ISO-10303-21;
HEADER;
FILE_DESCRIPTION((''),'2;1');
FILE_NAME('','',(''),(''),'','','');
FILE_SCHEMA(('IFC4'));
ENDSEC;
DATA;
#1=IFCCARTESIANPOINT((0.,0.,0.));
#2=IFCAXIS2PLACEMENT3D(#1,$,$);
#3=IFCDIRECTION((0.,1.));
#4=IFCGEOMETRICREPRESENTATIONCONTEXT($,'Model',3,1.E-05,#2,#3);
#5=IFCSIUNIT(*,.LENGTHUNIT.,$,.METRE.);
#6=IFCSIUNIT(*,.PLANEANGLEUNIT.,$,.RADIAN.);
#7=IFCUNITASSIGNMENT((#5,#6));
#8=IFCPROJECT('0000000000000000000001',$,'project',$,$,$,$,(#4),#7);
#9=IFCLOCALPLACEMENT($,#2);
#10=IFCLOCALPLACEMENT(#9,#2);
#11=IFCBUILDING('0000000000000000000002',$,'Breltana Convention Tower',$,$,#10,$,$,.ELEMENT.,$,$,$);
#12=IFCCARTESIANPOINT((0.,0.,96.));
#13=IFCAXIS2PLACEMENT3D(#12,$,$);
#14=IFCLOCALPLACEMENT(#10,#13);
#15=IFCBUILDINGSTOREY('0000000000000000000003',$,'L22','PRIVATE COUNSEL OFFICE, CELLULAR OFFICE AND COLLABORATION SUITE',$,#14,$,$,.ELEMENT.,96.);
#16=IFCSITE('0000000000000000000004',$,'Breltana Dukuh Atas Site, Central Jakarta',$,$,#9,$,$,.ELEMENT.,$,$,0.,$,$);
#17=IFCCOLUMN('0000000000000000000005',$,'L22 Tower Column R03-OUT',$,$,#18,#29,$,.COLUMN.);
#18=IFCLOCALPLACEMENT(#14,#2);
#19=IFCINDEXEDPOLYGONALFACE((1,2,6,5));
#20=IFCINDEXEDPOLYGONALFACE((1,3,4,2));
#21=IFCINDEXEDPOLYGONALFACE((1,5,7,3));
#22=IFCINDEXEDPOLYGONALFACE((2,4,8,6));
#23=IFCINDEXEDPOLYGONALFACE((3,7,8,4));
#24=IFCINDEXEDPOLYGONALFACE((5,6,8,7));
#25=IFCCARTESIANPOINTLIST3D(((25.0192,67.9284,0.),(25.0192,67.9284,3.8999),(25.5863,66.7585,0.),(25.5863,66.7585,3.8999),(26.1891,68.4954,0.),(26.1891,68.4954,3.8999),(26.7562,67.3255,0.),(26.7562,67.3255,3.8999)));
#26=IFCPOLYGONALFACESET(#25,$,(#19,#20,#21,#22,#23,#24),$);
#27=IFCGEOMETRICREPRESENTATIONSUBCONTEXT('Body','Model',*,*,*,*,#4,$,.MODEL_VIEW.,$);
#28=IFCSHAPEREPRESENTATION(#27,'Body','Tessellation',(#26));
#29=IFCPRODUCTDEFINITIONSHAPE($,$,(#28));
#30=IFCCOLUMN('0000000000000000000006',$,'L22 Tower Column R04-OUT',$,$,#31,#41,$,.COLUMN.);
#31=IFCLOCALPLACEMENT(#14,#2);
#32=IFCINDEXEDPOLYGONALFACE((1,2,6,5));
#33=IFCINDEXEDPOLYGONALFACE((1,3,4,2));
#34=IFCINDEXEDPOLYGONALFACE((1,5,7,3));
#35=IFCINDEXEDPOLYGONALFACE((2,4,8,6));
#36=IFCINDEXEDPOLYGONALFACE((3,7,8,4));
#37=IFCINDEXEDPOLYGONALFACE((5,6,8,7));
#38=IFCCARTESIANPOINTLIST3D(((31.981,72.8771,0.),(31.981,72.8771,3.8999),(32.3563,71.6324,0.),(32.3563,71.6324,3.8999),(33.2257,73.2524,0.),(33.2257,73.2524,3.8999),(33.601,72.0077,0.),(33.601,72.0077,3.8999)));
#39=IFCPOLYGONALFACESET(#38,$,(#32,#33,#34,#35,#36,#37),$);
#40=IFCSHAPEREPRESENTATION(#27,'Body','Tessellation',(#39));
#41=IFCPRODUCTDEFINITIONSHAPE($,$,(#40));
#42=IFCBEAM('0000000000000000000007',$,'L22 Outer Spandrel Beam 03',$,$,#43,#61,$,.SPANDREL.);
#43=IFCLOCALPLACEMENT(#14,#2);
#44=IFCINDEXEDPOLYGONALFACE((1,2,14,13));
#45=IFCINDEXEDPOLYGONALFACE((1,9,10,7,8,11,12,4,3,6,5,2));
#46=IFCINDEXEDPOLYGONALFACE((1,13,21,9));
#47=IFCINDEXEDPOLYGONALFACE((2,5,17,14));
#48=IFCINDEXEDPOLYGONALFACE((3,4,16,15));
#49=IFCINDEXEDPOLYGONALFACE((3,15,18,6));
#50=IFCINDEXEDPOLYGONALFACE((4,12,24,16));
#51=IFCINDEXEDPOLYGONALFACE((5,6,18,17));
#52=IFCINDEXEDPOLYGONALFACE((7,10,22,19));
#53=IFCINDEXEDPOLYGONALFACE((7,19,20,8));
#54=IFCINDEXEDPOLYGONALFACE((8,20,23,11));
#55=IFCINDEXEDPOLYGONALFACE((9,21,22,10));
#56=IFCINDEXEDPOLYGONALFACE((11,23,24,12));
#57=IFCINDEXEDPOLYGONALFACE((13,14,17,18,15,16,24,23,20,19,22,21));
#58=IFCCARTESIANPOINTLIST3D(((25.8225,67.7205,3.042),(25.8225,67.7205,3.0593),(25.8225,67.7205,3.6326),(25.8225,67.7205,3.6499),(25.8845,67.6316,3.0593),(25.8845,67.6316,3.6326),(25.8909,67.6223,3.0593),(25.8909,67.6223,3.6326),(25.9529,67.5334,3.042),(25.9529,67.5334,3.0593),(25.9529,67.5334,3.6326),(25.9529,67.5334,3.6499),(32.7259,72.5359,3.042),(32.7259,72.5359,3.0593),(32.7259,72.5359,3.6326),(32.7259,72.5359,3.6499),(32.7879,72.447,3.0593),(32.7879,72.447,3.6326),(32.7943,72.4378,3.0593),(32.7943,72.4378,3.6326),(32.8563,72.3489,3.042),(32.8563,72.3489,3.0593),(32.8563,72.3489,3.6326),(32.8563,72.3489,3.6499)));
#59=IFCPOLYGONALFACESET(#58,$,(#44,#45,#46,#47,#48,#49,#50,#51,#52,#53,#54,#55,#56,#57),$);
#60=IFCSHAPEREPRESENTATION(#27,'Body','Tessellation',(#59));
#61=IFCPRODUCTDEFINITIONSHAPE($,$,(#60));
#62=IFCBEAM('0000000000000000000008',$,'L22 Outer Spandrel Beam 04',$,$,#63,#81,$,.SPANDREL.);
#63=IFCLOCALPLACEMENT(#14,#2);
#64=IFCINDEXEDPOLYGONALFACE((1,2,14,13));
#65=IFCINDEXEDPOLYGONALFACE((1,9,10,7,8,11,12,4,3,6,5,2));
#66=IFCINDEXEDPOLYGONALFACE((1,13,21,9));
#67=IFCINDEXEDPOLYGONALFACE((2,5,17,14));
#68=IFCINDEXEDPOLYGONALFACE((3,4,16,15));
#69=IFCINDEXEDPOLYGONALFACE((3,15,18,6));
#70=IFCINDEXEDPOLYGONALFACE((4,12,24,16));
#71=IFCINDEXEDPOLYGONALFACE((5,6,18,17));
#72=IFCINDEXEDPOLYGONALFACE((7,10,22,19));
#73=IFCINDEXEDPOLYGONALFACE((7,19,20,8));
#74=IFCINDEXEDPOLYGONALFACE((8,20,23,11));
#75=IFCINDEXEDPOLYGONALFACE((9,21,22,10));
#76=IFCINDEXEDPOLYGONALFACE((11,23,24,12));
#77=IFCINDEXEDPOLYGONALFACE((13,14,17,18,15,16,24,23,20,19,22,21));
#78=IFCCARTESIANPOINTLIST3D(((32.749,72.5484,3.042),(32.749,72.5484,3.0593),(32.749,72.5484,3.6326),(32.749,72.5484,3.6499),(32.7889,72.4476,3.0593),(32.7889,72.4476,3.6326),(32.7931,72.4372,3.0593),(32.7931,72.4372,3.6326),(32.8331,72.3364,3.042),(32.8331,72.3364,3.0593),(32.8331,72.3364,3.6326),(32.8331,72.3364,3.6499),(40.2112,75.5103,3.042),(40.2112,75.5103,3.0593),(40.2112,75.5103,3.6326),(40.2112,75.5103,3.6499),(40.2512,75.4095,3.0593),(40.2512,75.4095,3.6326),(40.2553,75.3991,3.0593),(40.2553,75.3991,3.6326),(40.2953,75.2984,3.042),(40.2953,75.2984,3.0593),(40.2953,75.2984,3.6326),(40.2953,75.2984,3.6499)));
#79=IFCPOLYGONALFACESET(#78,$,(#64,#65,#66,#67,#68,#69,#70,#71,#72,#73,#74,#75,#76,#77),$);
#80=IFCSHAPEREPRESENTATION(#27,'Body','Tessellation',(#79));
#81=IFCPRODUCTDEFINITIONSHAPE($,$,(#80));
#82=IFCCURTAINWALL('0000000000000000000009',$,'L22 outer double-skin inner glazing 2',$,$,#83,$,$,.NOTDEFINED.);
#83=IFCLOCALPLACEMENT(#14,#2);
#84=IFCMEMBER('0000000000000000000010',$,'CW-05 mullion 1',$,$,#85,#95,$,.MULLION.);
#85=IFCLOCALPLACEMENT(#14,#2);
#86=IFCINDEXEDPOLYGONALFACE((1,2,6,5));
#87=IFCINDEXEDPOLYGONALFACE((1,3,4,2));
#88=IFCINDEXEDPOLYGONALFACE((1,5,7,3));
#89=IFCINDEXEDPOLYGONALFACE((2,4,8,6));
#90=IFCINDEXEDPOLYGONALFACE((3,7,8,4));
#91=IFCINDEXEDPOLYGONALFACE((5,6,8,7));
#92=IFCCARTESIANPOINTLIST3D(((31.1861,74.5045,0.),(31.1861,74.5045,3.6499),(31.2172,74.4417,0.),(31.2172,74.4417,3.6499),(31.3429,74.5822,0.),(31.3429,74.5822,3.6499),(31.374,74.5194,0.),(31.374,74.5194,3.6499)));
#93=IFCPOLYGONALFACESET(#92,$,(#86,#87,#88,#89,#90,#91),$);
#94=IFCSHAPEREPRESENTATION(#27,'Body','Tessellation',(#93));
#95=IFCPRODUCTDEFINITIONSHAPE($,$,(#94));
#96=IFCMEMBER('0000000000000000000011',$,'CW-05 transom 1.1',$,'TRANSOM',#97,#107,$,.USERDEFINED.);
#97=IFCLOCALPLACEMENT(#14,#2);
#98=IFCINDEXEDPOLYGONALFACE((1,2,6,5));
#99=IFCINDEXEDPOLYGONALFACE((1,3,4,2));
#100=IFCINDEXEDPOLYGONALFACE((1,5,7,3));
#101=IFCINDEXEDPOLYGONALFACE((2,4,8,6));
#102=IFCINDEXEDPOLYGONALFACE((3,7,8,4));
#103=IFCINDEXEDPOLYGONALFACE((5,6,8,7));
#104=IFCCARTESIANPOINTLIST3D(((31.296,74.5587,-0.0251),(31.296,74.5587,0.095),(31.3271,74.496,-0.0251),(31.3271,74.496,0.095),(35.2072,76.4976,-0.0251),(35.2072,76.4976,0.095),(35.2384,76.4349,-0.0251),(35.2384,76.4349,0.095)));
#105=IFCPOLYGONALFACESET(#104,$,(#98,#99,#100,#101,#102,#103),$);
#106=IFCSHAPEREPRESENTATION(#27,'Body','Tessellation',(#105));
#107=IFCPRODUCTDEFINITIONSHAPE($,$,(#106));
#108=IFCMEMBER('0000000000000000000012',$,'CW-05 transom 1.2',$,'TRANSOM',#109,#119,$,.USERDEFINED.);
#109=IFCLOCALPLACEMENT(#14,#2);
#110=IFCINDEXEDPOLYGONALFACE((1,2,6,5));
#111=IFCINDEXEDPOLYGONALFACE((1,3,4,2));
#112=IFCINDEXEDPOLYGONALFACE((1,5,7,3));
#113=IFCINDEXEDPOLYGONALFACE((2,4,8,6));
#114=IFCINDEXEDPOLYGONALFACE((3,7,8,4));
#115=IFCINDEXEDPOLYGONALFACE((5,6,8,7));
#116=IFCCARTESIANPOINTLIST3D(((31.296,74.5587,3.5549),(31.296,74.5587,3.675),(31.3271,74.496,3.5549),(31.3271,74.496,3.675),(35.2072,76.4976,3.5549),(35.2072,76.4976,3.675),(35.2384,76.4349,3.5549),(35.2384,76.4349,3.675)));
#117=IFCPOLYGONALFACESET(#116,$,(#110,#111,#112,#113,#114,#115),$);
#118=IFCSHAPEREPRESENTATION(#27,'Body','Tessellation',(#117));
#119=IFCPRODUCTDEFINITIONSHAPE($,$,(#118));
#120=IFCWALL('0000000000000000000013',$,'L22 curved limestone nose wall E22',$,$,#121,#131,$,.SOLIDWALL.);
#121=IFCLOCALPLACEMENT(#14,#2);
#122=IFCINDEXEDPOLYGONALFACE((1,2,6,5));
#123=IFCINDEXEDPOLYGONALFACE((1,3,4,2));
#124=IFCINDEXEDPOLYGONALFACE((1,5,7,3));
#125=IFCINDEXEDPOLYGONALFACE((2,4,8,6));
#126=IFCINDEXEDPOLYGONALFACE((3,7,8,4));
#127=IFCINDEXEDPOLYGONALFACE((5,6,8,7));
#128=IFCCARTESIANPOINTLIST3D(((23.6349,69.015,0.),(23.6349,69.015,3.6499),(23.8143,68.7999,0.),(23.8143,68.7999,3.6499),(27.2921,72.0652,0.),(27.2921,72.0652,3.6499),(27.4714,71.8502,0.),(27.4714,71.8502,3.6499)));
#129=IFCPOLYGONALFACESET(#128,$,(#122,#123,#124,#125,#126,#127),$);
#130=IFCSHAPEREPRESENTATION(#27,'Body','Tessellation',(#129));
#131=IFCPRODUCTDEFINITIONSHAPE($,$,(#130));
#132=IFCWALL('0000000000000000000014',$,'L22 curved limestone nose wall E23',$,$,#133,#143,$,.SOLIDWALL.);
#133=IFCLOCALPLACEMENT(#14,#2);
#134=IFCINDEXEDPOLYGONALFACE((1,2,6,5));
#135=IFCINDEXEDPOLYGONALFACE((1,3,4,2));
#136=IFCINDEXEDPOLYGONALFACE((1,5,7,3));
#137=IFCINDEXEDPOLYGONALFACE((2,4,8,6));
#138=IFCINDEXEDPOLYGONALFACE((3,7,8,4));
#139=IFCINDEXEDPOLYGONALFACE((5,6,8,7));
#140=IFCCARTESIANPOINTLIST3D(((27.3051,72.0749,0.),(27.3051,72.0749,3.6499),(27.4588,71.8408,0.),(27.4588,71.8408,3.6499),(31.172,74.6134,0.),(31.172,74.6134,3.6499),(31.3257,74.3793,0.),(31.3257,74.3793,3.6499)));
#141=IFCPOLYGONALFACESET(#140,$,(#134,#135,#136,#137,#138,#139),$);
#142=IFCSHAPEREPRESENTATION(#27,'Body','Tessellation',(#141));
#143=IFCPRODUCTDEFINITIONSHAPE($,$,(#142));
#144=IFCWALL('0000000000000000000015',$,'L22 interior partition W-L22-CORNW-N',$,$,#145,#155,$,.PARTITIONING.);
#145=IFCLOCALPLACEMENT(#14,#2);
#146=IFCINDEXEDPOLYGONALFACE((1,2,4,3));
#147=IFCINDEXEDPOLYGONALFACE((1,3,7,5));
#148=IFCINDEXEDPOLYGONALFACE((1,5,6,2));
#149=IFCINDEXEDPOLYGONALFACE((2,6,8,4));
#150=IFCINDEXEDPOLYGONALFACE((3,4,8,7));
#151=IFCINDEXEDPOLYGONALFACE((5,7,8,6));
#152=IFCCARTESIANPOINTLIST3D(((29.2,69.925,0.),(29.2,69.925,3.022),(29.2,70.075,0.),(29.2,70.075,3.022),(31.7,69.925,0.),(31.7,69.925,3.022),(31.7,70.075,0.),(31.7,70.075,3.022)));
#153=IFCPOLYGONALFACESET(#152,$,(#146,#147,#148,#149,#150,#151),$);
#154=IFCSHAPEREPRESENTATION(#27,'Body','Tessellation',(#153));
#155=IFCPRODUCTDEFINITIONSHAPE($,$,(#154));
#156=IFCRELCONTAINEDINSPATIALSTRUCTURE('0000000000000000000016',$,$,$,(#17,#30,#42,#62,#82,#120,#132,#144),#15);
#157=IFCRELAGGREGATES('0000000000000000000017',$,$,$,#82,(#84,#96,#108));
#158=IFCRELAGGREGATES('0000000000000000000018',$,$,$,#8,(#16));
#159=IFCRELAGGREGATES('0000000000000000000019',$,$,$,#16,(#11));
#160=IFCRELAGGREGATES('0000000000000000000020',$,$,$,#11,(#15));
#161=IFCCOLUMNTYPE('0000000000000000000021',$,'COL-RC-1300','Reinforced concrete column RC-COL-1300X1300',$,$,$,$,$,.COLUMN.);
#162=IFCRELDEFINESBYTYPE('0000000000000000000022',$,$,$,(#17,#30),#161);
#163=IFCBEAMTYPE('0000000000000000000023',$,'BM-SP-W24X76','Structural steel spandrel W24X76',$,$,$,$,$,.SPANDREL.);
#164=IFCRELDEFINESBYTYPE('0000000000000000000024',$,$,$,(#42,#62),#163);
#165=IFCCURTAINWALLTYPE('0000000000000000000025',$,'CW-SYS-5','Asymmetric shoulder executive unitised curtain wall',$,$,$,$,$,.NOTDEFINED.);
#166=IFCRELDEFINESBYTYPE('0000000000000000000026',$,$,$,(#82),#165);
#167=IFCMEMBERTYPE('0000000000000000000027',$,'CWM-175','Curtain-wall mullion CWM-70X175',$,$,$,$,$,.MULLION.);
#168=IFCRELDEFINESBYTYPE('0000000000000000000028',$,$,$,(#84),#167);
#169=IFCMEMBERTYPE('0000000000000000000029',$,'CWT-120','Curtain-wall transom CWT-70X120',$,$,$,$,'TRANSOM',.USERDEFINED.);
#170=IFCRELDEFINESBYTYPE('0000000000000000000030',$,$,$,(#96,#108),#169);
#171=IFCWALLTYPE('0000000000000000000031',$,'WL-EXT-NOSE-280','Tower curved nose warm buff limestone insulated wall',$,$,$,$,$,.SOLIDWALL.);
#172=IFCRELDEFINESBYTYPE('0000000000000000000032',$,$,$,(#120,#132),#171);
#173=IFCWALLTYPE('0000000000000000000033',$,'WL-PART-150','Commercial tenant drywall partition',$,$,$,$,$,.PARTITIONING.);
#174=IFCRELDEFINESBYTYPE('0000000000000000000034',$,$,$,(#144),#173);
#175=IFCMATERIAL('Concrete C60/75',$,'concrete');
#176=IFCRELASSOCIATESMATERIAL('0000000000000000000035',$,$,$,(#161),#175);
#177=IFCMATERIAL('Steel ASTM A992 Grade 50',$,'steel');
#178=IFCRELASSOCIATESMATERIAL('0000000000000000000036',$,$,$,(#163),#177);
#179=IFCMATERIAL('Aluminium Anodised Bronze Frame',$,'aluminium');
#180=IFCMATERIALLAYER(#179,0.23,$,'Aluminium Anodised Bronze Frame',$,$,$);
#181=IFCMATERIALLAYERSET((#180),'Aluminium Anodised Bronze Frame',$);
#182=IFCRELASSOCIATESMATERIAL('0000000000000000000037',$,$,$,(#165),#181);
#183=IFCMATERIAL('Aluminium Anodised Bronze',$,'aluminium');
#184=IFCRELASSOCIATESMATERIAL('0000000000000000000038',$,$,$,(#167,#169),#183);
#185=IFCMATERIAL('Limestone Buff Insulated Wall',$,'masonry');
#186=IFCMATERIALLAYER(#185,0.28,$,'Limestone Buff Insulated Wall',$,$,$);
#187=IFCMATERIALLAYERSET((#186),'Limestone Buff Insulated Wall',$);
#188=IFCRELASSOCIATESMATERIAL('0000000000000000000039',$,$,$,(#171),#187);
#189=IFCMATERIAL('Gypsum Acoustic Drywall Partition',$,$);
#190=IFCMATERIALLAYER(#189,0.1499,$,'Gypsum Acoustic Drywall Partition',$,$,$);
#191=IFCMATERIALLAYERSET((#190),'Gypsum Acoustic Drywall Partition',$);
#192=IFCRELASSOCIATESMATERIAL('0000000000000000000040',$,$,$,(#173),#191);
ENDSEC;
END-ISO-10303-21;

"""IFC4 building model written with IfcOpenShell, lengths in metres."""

from ifc_helpers import new_model, si_unit, direction, frame, frame_2d, origin, origin_2d, place, context, subcontext, project, spatial, rectangle, i_section, extrude, source, transform, mapped, material, layer, layer_set, material_profile, profile_set, type_object, element, aggregate, save


model = new_model("IFC4")

# Units and contexts
model_context = context("Model", 3, precision=1e-05, world=origin(), true_north=direction((0.0, 1.0)))
body_context = subcontext(model_context, "Body", "Model", "MODEL_VIEW")
ifc_project = project(units=[si_unit("LENGTHUNIT", "METRE"), si_unit("PLANEANGLEUNIT", "RADIAN")], contexts=[model_context])

# Site, building, storey
site_placement = place(None, origin())
site = spatial("IfcSite", under=ifc_project, at=site_placement, Name="Breltana Dukuh Atas Site, Central Jakarta", CompositionType="ELEMENT", RefElevation=0.0)
building_placement = place(site_placement, origin())
building = spatial("IfcBuilding", under=site, at=building_placement, Name="Breltana Convention Tower", CompositionType="ELEMENT")
storey_placement = place(building_placement, frame((0.0, 0.0, 96.0)))
storey = spatial("IfcBuildingStorey", under=building, at=storey_placement, Name="L22", Description="PRIVATE COUNSEL OFFICE, CELLULAR OFFICE AND COLLABORATION SUITE", CompositionType="ELEMENT", Elevation=96.0)

# Columns
ifc_material_1 = material(Name="Concrete C60/75", Category="concrete")
ifc_material_profile_1 = material_profile(ifc_material_1, rectangle(XDim=1.3, YDim=1.3, at=origin_2d()), Name="RC-COL-1300X1300")
ifc_profile_set_1 = profile_set([ifc_material_profile_1], Name="Concrete C60/75")
column_type = type_object("IfcColumnType", Name="COL-RC-1300", Description="Reinforced concrete column RC-COL-1300X1300", PredefinedType="COLUMN", material=ifc_profile_set_1)
shared_shape_1 = source(origin(), body_context, "Body", "SweptSolid", [
    extrude(rectangle(XDim=1.3, YDim=1.3, at=origin_2d()), origin(), (0.0, 0.0, 1.0), 3.8999),
])
for number, where, z_axis, x_axis, name in (
    (1, (25.8877, 67.627, 0.0), (0.0, 0.0, 1.0), (-0.436174, 0.899863, 0.0), "L22 Tower Column R03-OUT"),
    (2, (32.791, 72.4424, 0.0), (0.0, 0.0, 1.0), (-0.288698, 0.95742, 0.0), "L22 Tower Column R04-OUT"),
):
    element("IfcColumn", number, at=place(storey_placement, frame(where, z_axis=z_axis, x_axis=x_axis)), inside=storey, type_object=column_type, Name=name, PredefinedType="COLUMN", context=body_context, shape_type="MappedRepresentation", body=[
        mapped(shared_shape_1, transform((0.0, 0.0, 0.0), scale=1.0)),
    ])

# Beams
ifc_material_2 = material(Name="Steel ASTM A992 Grade 50", Category="steel")
ifc_material_profile_2 = material_profile(ifc_material_2, i_section(OverallWidth=0.228, OverallDepth=0.6079, WebThickness=0.0112, FlangeThickness=0.0173, at=origin_2d()), Name="W24X76")
ifc_profile_set_2 = profile_set([ifc_material_profile_2], Name="Steel ASTM A992 Grade 50")
beam_type = type_object("IfcBeamType", Name="BM-SP-W24X76", Description="Structural steel spandrel W24X76", PredefinedType="SPANDREL", material=ifc_profile_set_2)
shared_shape_2 = source(origin(), body_context, "Body", "SweptSolid", [
    extrude(i_section(OverallWidth=0.228, OverallDepth=0.6079, WebThickness=0.0112, FlangeThickness=0.0173, at=origin_2d()), origin(), (0.0, 0.0, 1.0), 8.417),
])
beam_1_placement = place(storey_placement, frame((25.8877, 67.627, 3.3459), z_axis=(0.820174, 0.572114, 0.0), x_axis=(-0.572114, 0.820174, 0.0)))
element("IfcBeam", 3, at=beam_1_placement, inside=storey, type_object=beam_type, Name="L22 Outer Spandrel Beam 03", PredefinedType="SPANDREL", context=body_context, shape_type="MappedRepresentation", body=[
    mapped(shared_shape_2, transform((0.0, 0.0, 0.0), scale=1.0)),
])
shared_shape_3 = source(origin(), body_context, "Body", "SweptSolid", [
    extrude(i_section(OverallWidth=0.228, OverallDepth=0.6079, WebThickness=0.0112, FlangeThickness=0.0173, at=origin_2d()), origin(), (0.0, 0.0, 1.0), 8.0286),
])
beam_2_placement = place(storey_placement, frame((32.791, 72.4424, 3.3459), z_axis=(0.929459, 0.368925, 0.0), x_axis=(-0.368925, 0.929459, 0.0)))
element("IfcBeam", 4, at=beam_2_placement, inside=storey, type_object=beam_type, Name="L22 Outer Spandrel Beam 04", PredefinedType="SPANDREL", context=body_context, shape_type="MappedRepresentation", body=[
    mapped(shared_shape_3, transform((0.0, 0.0, 0.0), scale=1.0)),
])

# Curtain wall, members
ifc_material_3 = material(Name="Aluminium Anodised Bronze Frame", Category="aluminium")
ifc_layer_1 = layer(ifc_material_3, 0.23, Name="Aluminium Anodised Bronze Frame")
ifc_layer_set_1 = layer_set([ifc_layer_1], Name="Aluminium Anodised Bronze Frame")
curtain_wall_type = type_object("IfcCurtainWallType", Name="CW-SYS-5", Description="Asymmetric shoulder executive unitised curtain wall", PredefinedType="NOTDEFINED", material=ifc_layer_set_1)
curtain_wall_placement = place(storey_placement, origin())
curtain_wall = element("IfcCurtainWall", 5, at=curtain_wall_placement, inside=storey, type_object=curtain_wall_type, Name="L22 outer double-skin inner glazing 2", PredefinedType="NOTDEFINED")
ifc_material_4 = material(Name="Aluminium Anodised Bronze", Category="aluminium")
ifc_material_profile_3 = material_profile(ifc_material_4, rectangle(XDim=0.0701, YDim=0.175, at=origin_2d()), Name="CWM-70X175")
ifc_profile_set_3 = profile_set([ifc_material_profile_3], Name="Aluminium Anodised Bronze")
member_type_1 = type_object("IfcMemberType", Name="CWM-175", Description="Curtain-wall mullion CWM-70X175", PredefinedType="MULLION", material=ifc_profile_set_3)
shared_shape_4 = source(origin(), body_context, "Body", "SweptSolid", [
    extrude(rectangle(XDim=0.0701, YDim=0.175, at=origin_2d()), origin(), (0.0, 0.0, 1.0), 3.6499),
])
member_1_placement = place(storey_placement, frame((31.28, 74.512, 0.0), z_axis=(0.0, 0.0, 1.0), x_axis=(-0.444122, 0.895967, 0.0)))
member_1 = element("IfcMember", 6, at=member_1_placement, type_object=member_type_1, Name="CW-05 mullion 1", PredefinedType="MULLION", context=body_context, shape_type="MappedRepresentation", body=[
    mapped(shared_shape_4, transform((0.0, 0.0, 0.0), scale=1.0)),
])
ifc_material_profile_4 = material_profile(ifc_material_4, rectangle(XDim=0.0701, YDim=0.1201, at=origin_2d()), Name="CWT-70X120")
ifc_profile_set_4 = profile_set([ifc_material_profile_4], Name="Aluminium Anodised Bronze")
member_type_2 = type_object("IfcMemberType", Name="CWT-120", Description="Curtain-wall transom CWT-70X120", ElementType="TRANSOM", PredefinedType="USERDEFINED", material=ifc_profile_set_4)
shared_shape_5 = source(origin(), body_context, "Body", "SweptSolid", [
    extrude(rectangle(XDim=0.0701, YDim=0.1201, at=origin_2d()), origin(), (0.0, 0.0, 1.0), 4.3655),
])
member_2_placement = place(storey_placement, frame((31.3115, 74.5273, 0.0349), z_axis=(0.895954, 0.444146, 0.0), x_axis=(-0.444146, 0.895954, 0.0)))
member_2 = element("IfcMember", 7, at=member_2_placement, type_object=member_type_2, Name="CW-05 transom 1.1", ObjectType="TRANSOM", PredefinedType="USERDEFINED", context=body_context, shape_type="MappedRepresentation", body=[
    mapped(shared_shape_5, transform((0.0, 0.0, 0.0), scale=1.0)),
])
member_3_placement = place(storey_placement, frame((31.3115, 74.5273, 3.615), z_axis=(0.895954, 0.444146, 0.0), x_axis=(-0.444146, 0.895954, 0.0)))
member_3 = element("IfcMember", 8, at=member_3_placement, type_object=member_type_2, Name="CW-05 transom 1.2", ObjectType="TRANSOM", PredefinedType="USERDEFINED", context=body_context, shape_type="MappedRepresentation", body=[
    mapped(shared_shape_5, transform((0.0, 0.0, 0.0), scale=1.0)),
])
aggregate(curtain_wall, [member_1, member_2, member_3])

# Walls
ifc_material_5 = material(Name="Limestone Buff Insulated Wall", Category="masonry")
ifc_layer_2 = layer(ifc_material_5, 0.28, Name="Limestone Buff Insulated Wall")
ifc_layer_set_2 = layer_set([ifc_layer_2], Name="Limestone Buff Insulated Wall")
wall_type_1 = type_object("IfcWallType", Name="WL-EXT-NOSE-280", Description="Tower curved nose warm buff limestone insulated wall", PredefinedType="SOLIDWALL", material=ifc_layer_set_2)
shared_shape_6 = source(origin(), body_context, "Body", "SweptSolid", [
    extrude(rectangle(XDim=4.7622, YDim=0.28, at=frame_2d((2.3811, 0.0))), origin(), (0.0, 0.0, 1.0), 3.6499),
])
wall_1_placement = place(storey_placement, frame((23.7246, 68.9075, 0.0), z_axis=(0.0, 0.0, 1.0), x_axis=(0.767952, 0.640507, 0.0)))
element("IfcWall", 9, at=wall_1_placement, inside=storey, type_object=wall_type_1, Name="L22 curved limestone nose wall E22", PredefinedType="SOLIDWALL", context=body_context, shape_type="MappedRepresentation", body=[
    mapped(shared_shape_6, transform((0.0, 0.0, 0.0), scale=1.0)),
])
shared_shape_7 = source(origin(), body_context, "Body", "SweptSolid", [
    extrude(rectangle(XDim=4.6257, YDim=0.28, at=frame_2d((2.313, 0.0))), origin(), (0.0, 0.0, 1.0), 3.6499),
])
wall_2_placement = place(storey_placement, frame((27.3818, 71.9578, 0.0), z_axis=(0.0, 0.0, 1.0), x_axis=(0.835959, 0.548791, 0.0)))
element("IfcWall", 10, at=wall_2_placement, inside=storey, type_object=wall_type_1, Name="L22 curved limestone nose wall E23", PredefinedType="SOLIDWALL", context=body_context, shape_type="MappedRepresentation", body=[
    mapped(shared_shape_7, transform((0.0, 0.0, 0.0), scale=1.0)),
])
ifc_material_6 = material(Name="Gypsum Acoustic Drywall Partition")
ifc_layer_3 = layer(ifc_material_6, 0.1499, Name="Gypsum Acoustic Drywall Partition")
ifc_layer_set_3 = layer_set([ifc_layer_3], Name="Gypsum Acoustic Drywall Partition")
wall_type_2 = type_object("IfcWallType", Name="WL-PART-150", Description="Commercial tenant drywall partition", PredefinedType="PARTITIONING", material=ifc_layer_set_3)
shared_shape_8 = source(origin(), body_context, "Body", "SweptSolid", [
    extrude(rectangle(XDim=2.5, YDim=0.1499, at=frame_2d((1.25, 0.0))), origin(), (0.0, 0.0, 1.0), 3.022),
])
wall_3_placement = place(storey_placement, frame((29.2, 70.0, 0.0), z_axis=(0.0, 0.0, 1.0), x_axis=(1.0, 0.0, 0.0)))
element("IfcWall", 11, at=wall_3_placement, inside=storey, type_object=wall_type_2, Name="L22 interior partition W-L22-CORNW-N", PredefinedType="PARTITIONING", context=body_context, shape_type="MappedRepresentation", body=[
    mapped(shared_shape_8, transform((0.0, 0.0, 0.0), scale=1.0)),
])

save(model, "model.ifc")
